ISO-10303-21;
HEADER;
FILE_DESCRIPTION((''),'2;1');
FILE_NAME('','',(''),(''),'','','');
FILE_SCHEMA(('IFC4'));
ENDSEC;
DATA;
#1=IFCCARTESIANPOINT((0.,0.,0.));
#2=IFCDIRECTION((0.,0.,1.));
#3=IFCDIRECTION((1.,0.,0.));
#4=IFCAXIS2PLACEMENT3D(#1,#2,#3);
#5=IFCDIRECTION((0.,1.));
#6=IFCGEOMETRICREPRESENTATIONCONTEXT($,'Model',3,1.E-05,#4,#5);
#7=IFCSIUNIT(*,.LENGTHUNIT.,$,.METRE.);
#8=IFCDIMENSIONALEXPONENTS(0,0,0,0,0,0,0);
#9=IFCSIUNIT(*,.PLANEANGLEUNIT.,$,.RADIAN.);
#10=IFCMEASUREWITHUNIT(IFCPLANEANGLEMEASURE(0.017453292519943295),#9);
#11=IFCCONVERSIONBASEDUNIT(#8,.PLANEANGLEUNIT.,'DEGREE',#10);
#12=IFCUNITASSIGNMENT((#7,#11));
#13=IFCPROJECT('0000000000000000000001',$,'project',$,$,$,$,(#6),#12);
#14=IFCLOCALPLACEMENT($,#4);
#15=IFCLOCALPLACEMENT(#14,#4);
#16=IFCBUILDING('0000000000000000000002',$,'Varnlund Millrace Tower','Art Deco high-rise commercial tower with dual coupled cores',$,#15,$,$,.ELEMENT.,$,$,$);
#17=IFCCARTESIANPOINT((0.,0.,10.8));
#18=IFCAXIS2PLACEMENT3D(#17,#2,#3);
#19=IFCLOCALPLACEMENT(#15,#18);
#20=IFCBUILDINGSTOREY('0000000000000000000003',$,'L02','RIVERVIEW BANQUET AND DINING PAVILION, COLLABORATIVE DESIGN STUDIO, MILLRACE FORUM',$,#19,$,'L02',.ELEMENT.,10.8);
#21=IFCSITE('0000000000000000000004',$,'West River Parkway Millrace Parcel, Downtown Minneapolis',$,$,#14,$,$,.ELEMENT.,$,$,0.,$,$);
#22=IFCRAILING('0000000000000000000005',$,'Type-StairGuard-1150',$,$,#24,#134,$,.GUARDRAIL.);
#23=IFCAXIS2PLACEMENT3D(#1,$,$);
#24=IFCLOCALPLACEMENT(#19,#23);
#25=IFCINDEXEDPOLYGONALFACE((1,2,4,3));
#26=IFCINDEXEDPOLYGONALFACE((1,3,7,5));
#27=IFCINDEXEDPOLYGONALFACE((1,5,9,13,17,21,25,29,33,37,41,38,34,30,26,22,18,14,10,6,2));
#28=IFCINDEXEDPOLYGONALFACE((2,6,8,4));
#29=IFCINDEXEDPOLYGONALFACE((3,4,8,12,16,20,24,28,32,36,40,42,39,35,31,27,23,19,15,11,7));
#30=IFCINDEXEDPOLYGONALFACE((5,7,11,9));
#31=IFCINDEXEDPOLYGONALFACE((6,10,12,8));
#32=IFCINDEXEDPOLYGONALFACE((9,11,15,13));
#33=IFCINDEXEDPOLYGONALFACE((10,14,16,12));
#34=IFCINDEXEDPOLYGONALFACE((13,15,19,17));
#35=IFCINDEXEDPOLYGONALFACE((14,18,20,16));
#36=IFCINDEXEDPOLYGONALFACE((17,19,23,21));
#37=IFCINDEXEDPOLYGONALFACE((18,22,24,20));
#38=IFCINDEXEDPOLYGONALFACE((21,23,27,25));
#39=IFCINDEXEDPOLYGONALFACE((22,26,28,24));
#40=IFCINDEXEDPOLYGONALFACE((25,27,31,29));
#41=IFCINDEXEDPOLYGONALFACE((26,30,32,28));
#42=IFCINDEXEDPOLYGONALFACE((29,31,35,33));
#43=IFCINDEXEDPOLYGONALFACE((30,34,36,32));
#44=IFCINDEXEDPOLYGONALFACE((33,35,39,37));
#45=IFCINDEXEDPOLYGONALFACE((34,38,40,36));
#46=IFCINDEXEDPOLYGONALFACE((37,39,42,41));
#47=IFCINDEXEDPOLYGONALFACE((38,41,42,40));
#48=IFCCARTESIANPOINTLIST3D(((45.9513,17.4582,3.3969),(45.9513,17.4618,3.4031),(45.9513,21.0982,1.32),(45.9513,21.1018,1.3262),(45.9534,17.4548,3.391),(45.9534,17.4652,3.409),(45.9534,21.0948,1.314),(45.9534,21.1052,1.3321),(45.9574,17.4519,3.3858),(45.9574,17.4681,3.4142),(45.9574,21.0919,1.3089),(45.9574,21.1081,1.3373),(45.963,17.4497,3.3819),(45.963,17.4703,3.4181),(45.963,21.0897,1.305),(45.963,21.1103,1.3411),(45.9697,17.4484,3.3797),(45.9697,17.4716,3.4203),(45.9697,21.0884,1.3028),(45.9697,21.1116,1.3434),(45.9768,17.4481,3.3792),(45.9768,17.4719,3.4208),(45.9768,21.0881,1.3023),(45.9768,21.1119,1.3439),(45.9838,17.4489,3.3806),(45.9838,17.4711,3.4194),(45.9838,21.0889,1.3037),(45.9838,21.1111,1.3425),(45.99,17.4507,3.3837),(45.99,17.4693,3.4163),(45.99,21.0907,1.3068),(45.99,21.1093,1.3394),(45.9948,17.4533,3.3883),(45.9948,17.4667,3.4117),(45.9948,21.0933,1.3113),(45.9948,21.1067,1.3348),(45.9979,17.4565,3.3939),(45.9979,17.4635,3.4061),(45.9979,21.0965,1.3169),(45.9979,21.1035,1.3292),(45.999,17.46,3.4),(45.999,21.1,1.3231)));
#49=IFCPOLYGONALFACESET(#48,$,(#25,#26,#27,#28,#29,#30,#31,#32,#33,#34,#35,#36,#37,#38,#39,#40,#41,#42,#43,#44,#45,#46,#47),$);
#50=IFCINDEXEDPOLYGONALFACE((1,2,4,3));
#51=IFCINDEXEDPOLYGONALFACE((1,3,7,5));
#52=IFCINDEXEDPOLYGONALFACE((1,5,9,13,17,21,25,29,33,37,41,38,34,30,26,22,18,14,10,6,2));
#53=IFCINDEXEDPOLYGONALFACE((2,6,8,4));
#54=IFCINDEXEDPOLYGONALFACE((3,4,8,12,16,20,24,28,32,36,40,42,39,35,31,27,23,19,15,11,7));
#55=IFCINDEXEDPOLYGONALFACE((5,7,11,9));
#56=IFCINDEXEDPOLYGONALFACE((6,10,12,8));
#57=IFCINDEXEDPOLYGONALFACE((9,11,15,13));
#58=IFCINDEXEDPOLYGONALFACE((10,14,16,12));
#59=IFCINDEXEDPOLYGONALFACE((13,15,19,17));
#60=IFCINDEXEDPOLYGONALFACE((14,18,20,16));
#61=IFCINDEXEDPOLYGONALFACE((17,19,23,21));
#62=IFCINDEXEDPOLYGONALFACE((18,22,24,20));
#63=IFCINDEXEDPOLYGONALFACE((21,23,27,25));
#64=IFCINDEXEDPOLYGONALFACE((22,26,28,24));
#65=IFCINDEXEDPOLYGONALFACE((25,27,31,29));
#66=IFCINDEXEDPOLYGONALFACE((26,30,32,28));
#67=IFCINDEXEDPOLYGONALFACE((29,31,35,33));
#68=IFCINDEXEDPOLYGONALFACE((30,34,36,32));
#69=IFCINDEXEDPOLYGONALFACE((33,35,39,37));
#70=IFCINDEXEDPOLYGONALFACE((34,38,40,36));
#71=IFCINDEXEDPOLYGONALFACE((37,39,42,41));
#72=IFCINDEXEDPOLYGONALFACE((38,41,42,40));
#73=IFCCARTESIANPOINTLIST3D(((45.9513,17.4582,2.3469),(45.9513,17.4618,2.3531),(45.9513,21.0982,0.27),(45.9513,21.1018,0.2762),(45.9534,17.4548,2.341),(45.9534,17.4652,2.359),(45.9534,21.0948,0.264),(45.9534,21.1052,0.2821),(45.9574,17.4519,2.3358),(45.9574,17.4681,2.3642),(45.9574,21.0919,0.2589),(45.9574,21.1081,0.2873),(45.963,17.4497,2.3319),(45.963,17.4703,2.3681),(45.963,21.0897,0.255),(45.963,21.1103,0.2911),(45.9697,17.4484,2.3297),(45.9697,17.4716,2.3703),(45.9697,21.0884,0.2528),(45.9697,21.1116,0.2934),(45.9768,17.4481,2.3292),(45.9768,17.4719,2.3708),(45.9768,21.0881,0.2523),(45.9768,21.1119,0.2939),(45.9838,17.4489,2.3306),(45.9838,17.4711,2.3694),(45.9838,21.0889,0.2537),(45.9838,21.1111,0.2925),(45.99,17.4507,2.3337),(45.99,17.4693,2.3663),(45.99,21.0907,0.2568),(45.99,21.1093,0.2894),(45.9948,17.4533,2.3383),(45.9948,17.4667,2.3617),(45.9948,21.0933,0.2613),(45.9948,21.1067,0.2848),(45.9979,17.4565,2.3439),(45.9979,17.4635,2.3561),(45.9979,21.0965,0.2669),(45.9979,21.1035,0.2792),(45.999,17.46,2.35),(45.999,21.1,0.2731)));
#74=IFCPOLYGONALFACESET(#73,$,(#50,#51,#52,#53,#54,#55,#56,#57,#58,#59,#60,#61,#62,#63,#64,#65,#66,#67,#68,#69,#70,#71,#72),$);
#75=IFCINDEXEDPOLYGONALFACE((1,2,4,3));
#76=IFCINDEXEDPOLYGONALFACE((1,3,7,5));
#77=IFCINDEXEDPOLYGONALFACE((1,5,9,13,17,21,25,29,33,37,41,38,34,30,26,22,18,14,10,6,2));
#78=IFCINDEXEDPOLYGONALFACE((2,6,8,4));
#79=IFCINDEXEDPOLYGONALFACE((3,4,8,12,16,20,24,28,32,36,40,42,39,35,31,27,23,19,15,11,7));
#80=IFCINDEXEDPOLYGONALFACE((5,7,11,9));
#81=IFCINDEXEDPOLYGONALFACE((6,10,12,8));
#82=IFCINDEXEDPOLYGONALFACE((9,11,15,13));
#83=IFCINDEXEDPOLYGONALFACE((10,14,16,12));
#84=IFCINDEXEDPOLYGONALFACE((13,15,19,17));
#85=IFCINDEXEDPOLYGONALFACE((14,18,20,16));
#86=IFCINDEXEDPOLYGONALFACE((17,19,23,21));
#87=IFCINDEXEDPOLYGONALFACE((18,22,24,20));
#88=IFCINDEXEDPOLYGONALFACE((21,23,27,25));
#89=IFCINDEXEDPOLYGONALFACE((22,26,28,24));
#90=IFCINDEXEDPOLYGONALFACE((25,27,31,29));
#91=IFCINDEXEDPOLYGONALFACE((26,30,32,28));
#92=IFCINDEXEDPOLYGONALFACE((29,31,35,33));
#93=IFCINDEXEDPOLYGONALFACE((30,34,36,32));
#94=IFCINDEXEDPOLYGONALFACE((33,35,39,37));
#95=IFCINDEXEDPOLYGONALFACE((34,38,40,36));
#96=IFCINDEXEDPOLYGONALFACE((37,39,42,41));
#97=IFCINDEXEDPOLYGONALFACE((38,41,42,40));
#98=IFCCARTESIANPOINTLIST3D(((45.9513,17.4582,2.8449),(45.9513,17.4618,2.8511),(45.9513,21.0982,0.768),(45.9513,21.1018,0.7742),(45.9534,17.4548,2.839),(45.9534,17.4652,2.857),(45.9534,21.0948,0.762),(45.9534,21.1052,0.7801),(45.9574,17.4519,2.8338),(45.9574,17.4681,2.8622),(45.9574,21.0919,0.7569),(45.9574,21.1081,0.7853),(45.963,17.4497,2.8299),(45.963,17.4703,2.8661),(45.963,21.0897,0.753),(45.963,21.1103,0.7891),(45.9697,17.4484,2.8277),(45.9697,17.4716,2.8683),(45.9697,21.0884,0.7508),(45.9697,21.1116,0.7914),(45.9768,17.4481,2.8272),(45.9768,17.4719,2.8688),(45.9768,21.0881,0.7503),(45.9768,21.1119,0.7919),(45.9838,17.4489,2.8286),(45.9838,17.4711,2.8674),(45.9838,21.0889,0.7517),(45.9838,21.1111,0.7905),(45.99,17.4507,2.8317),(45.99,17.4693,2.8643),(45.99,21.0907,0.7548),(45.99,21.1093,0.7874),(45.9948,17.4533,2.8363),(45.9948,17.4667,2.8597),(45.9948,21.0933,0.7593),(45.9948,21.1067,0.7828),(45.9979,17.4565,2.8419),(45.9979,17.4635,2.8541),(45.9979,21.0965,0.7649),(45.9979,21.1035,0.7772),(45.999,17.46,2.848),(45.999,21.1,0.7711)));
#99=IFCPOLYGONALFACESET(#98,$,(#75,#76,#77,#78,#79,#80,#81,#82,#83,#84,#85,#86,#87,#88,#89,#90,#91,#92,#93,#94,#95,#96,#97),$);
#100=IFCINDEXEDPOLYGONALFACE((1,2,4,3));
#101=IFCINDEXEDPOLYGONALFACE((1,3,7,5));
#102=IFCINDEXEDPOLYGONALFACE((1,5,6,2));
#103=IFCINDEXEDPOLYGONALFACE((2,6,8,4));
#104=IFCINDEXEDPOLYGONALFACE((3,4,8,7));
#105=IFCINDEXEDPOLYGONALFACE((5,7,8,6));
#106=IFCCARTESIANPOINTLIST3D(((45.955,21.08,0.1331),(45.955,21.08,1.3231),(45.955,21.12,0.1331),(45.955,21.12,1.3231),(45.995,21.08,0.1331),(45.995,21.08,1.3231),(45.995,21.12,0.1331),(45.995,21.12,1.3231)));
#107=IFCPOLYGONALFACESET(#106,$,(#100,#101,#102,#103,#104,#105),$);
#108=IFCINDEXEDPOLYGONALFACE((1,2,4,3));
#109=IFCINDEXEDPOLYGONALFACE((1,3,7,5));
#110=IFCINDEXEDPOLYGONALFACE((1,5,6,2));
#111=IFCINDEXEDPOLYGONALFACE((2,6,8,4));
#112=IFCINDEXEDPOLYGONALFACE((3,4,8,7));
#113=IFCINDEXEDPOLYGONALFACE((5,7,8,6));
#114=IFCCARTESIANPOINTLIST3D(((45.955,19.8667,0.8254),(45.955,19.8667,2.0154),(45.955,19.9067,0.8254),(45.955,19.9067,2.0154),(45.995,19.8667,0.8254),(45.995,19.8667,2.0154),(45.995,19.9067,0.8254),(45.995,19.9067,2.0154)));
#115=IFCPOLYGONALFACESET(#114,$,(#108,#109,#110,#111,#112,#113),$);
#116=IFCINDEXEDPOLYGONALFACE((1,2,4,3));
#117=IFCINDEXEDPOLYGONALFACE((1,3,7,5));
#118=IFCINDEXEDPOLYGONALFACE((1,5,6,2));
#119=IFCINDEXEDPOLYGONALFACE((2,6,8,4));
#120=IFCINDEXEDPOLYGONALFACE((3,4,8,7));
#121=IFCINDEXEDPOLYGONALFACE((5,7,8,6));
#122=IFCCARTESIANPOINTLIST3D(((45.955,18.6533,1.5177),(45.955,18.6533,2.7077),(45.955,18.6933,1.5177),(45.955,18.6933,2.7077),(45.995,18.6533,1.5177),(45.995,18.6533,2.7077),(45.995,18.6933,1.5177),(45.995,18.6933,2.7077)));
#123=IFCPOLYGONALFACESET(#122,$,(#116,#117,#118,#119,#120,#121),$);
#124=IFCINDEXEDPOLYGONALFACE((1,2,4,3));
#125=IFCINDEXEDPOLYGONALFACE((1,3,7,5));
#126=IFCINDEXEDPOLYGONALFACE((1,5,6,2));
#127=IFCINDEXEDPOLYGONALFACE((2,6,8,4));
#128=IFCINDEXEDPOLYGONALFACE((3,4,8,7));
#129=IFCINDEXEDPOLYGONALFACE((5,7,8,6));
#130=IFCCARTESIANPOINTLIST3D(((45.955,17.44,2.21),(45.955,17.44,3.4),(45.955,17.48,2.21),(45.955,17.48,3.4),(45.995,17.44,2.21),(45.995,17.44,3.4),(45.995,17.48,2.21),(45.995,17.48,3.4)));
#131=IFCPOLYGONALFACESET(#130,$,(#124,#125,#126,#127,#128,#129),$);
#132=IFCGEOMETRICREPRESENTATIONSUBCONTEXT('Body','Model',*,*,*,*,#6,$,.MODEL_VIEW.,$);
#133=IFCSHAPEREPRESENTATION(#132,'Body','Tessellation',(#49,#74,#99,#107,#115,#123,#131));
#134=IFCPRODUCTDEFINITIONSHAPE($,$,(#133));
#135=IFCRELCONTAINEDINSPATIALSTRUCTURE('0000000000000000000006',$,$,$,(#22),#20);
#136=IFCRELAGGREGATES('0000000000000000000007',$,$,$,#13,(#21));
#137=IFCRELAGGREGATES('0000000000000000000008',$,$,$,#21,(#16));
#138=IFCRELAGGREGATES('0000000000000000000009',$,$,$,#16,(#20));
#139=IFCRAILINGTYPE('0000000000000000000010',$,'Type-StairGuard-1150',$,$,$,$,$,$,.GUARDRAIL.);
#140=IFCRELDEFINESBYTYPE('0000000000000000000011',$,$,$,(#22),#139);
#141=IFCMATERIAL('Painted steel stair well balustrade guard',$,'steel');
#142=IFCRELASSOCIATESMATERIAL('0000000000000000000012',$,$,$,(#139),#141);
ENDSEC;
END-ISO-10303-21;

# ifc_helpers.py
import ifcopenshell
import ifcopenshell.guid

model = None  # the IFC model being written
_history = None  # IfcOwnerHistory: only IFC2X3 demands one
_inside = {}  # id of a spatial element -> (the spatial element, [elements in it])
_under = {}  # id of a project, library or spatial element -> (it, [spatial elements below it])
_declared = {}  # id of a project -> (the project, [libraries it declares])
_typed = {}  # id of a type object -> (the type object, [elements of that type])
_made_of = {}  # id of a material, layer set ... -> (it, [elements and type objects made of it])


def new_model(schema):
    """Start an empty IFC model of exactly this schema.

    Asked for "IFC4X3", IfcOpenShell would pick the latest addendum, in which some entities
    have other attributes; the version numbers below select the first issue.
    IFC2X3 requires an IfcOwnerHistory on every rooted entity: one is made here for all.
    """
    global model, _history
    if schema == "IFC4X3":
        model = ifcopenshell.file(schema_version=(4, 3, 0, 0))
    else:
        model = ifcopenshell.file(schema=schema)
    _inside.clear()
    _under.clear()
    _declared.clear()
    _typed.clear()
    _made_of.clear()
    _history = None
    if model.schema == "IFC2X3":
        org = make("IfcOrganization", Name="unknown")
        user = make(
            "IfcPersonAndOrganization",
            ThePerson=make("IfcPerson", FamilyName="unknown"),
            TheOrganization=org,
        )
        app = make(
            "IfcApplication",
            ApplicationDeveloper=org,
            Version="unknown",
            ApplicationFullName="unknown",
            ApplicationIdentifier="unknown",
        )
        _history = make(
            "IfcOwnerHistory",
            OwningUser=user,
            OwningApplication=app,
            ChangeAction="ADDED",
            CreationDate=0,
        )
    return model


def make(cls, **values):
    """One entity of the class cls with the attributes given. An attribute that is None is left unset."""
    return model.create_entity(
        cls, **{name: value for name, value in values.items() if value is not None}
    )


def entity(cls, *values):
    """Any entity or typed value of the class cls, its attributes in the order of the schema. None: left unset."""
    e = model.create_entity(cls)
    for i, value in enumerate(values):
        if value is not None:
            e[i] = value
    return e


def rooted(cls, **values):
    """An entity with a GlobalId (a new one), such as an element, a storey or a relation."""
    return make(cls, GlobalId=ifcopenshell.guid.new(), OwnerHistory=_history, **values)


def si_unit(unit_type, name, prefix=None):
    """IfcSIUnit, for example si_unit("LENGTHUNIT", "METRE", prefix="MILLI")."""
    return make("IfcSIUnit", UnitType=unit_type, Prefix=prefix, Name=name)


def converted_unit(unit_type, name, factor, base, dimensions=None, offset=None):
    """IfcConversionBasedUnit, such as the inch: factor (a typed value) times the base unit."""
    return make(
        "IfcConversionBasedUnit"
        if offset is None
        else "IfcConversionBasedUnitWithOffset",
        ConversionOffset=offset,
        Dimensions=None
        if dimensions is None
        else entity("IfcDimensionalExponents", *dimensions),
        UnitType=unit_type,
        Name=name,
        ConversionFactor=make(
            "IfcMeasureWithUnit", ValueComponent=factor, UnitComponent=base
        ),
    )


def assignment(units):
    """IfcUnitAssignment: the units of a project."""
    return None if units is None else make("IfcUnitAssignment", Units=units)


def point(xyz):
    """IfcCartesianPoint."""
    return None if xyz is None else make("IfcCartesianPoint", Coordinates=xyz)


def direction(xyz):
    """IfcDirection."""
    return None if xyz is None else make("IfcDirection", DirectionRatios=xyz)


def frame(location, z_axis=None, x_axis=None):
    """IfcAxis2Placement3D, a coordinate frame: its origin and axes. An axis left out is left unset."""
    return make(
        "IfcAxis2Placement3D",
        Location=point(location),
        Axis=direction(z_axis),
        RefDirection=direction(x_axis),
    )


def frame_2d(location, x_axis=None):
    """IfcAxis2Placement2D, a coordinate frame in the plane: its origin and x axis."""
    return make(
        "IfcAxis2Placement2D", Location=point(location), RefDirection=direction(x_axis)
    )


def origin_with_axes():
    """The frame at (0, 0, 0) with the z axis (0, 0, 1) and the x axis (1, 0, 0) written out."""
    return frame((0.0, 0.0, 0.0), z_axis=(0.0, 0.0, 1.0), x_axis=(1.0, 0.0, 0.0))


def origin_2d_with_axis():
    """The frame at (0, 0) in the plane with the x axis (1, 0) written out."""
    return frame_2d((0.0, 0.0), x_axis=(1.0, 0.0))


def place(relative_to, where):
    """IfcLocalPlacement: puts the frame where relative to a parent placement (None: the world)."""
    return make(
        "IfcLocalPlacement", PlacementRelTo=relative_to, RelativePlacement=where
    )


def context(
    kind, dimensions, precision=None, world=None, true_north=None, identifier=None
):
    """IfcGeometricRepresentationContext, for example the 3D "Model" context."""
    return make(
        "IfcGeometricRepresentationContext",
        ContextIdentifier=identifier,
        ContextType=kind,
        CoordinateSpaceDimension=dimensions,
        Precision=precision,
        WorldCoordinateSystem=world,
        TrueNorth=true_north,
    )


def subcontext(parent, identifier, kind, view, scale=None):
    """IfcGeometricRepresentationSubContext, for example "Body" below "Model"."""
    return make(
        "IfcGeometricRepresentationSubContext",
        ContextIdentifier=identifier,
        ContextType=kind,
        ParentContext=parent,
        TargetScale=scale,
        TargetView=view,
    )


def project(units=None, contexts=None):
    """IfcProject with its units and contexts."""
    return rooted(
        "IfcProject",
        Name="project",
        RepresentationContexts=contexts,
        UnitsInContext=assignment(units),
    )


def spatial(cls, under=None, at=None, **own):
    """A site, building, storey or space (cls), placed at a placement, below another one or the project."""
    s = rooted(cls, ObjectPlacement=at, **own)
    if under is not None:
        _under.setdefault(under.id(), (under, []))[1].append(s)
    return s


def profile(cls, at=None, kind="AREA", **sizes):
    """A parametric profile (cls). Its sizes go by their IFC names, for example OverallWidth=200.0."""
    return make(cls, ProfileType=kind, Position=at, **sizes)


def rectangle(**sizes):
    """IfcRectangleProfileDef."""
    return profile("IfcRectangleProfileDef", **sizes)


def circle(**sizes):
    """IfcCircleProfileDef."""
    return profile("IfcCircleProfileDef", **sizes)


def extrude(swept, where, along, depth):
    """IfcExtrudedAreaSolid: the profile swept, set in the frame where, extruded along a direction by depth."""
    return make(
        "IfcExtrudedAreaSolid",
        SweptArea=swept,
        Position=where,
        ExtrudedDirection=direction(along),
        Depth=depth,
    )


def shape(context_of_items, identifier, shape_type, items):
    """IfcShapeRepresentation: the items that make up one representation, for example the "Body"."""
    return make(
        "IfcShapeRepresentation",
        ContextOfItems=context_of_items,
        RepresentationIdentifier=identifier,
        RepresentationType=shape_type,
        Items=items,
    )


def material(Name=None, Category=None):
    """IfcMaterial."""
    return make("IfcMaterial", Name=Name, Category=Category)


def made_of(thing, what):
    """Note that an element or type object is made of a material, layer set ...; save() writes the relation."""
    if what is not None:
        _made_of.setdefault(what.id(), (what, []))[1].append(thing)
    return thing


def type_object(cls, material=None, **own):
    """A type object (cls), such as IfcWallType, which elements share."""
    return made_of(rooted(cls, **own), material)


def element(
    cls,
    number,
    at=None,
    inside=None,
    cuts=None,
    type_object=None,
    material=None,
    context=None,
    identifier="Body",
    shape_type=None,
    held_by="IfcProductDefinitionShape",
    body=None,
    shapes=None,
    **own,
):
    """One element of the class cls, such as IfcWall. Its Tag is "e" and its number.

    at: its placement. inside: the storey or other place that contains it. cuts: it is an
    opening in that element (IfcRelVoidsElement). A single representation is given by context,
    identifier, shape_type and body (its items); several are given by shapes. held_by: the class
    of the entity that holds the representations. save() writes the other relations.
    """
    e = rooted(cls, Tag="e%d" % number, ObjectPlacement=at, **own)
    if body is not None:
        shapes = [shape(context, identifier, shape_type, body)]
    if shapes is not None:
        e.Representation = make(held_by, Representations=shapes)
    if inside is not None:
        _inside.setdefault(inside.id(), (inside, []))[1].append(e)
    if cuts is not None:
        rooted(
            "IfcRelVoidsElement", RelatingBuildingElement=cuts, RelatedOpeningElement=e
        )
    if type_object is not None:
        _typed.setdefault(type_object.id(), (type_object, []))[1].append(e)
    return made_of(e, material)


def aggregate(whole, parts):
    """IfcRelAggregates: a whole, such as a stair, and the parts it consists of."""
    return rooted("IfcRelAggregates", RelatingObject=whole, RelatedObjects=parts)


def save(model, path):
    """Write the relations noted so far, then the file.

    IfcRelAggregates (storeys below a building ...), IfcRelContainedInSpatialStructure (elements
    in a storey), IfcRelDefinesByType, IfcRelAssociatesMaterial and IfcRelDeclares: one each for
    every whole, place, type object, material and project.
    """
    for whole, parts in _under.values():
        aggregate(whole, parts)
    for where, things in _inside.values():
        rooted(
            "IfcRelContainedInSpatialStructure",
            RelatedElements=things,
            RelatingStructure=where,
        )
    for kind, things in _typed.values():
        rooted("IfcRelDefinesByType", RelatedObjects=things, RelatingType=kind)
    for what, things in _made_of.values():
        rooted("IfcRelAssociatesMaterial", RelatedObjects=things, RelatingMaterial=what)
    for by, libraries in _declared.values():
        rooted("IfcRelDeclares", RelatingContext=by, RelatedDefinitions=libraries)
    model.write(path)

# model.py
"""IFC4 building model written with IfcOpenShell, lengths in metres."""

from ifc_helpers import new_model, entity, si_unit, converted_unit, direction, frame, origin_with_axes, origin_2d_with_axis, place, context, subcontext, project, spatial, rectangle, circle, extrude, material, type_object, element, save


model = new_model("IFC4")

# Units and contexts
model_context = context("Model", 3, precision=1e-05, world=origin_with_axes(), true_north=direction((0.0, 1.0)))
body_context = subcontext(model_context, "Body", "Model", "MODEL_VIEW")
ifc_project = project(units=[si_unit("LENGTHUNIT", "METRE"), converted_unit("PLANEANGLEUNIT", "DEGREE", entity("IfcPlaneAngleMeasure", 0.017453292519943295), si_unit("PLANEANGLEUNIT", "RADIAN"), dimensions=[0, 0, 0, 0, 0, 0, 0])], contexts=[model_context])

# Site, building, storey
site_placement = place(None, origin_with_axes())
site = spatial("IfcSite", under=ifc_project, at=site_placement, Name="West River Parkway Millrace Parcel, Downtown Minneapolis", CompositionType="ELEMENT", RefElevation=0.0)
building_placement = place(site_placement, origin_with_axes())
building = spatial("IfcBuilding", under=site, at=building_placement, Name="Varnlund Millrace Tower", Description="Art Deco high-rise commercial tower with dual coupled cores", CompositionType="ELEMENT")
storey_placement = place(building_placement, frame((0.0, 0.0, 10.8), z_axis=(0.0, 0.0, 1.0), x_axis=(1.0, 0.0, 0.0)))
storey = spatial("IfcBuildingStorey", under=building, at=storey_placement, Name="L02", Description="RIVERVIEW BANQUET AND DINING PAVILION, COLLABORATIVE DESIGN STUDIO, MILLRACE FORUM", LongName="L02", CompositionType="ELEMENT", Elevation=10.8)

# Railing
ifc_material_1 = material(Name="Painted steel stair well balustrade guard", Category="steel")
railing_type_1 = type_object("IfcRailingType", Name="Type-StairGuard-1150", PredefinedType="GUARDRAIL", material=ifc_material_1)
railing_1_placement = place(storey_placement, frame((0.0, 0.0, -10.8), z_axis=(0.0, 0.0, 1.0), x_axis=(1.0, 0.0, 0.0)))
element("IfcRailing", 1, at=railing_1_placement, inside=storey, type_object=railing_type_1, Name="Type-StairGuard-1150", PredefinedType="GUARDRAIL", context=body_context, shape_type="SweptSolid", body=[
    extrude(circle(Radius=0.024, at=origin_2d_with_axis()), frame((45.975, 21.1, 12.1231), z_axis=(0.0, -0.868559, 0.495585), x_axis=(1.0, 0.0, 0.0)), (0.0, 0.0, 1.0), 4.1908),
    extrude(circle(Radius=0.024, at=origin_2d_with_axis()), frame((45.975, 21.1, 11.0731), z_axis=(0.0, -0.868559, 0.495585), x_axis=(1.0, 0.0, 0.0)), (0.0, 0.0, 1.0), 4.1908),
    extrude(circle(Radius=0.024, at=origin_2d_with_axis()), frame((45.975, 21.1, 11.5711), z_axis=(0.0, -0.868559, 0.495585), x_axis=(1.0, 0.0, 0.0)), (0.0, 0.0, 1.0), 4.1908),
    extrude(rectangle(XDim=0.04, YDim=0.04, at=origin_2d_with_axis()), frame((45.975, 21.1, 10.9331), z_axis=(0.0, 0.0, 1.0), x_axis=(1.0, 0.0, 0.0)), (0.0, 0.0, 1.0), 1.19),
    extrude(rectangle(XDim=0.04, YDim=0.04, at=origin_2d_with_axis()), frame((45.975, 19.8867, 11.6254), z_axis=(0.0, 0.0, 1.0), x_axis=(1.0, 0.0, 0.0)), (0.0, 0.0, 1.0), 1.19),
    extrude(rectangle(XDim=0.04, YDim=0.04, at=origin_2d_with_axis()), frame((45.975, 18.6733, 12.3177), z_axis=(0.0, 0.0, 1.0), x_axis=(1.0, 0.0, 0.0)), (0.0, 0.0, 1.0), 1.19),
    extrude(rectangle(XDim=0.04, YDim=0.04, at=origin_2d_with_axis()), frame((45.975, 17.46, 13.01), z_axis=(0.0, 0.0, 1.0), x_axis=(1.0, 0.0, 0.0)), (0.0, 0.0, 1.0), 1.19),
])

save(model, "model.ifc")
